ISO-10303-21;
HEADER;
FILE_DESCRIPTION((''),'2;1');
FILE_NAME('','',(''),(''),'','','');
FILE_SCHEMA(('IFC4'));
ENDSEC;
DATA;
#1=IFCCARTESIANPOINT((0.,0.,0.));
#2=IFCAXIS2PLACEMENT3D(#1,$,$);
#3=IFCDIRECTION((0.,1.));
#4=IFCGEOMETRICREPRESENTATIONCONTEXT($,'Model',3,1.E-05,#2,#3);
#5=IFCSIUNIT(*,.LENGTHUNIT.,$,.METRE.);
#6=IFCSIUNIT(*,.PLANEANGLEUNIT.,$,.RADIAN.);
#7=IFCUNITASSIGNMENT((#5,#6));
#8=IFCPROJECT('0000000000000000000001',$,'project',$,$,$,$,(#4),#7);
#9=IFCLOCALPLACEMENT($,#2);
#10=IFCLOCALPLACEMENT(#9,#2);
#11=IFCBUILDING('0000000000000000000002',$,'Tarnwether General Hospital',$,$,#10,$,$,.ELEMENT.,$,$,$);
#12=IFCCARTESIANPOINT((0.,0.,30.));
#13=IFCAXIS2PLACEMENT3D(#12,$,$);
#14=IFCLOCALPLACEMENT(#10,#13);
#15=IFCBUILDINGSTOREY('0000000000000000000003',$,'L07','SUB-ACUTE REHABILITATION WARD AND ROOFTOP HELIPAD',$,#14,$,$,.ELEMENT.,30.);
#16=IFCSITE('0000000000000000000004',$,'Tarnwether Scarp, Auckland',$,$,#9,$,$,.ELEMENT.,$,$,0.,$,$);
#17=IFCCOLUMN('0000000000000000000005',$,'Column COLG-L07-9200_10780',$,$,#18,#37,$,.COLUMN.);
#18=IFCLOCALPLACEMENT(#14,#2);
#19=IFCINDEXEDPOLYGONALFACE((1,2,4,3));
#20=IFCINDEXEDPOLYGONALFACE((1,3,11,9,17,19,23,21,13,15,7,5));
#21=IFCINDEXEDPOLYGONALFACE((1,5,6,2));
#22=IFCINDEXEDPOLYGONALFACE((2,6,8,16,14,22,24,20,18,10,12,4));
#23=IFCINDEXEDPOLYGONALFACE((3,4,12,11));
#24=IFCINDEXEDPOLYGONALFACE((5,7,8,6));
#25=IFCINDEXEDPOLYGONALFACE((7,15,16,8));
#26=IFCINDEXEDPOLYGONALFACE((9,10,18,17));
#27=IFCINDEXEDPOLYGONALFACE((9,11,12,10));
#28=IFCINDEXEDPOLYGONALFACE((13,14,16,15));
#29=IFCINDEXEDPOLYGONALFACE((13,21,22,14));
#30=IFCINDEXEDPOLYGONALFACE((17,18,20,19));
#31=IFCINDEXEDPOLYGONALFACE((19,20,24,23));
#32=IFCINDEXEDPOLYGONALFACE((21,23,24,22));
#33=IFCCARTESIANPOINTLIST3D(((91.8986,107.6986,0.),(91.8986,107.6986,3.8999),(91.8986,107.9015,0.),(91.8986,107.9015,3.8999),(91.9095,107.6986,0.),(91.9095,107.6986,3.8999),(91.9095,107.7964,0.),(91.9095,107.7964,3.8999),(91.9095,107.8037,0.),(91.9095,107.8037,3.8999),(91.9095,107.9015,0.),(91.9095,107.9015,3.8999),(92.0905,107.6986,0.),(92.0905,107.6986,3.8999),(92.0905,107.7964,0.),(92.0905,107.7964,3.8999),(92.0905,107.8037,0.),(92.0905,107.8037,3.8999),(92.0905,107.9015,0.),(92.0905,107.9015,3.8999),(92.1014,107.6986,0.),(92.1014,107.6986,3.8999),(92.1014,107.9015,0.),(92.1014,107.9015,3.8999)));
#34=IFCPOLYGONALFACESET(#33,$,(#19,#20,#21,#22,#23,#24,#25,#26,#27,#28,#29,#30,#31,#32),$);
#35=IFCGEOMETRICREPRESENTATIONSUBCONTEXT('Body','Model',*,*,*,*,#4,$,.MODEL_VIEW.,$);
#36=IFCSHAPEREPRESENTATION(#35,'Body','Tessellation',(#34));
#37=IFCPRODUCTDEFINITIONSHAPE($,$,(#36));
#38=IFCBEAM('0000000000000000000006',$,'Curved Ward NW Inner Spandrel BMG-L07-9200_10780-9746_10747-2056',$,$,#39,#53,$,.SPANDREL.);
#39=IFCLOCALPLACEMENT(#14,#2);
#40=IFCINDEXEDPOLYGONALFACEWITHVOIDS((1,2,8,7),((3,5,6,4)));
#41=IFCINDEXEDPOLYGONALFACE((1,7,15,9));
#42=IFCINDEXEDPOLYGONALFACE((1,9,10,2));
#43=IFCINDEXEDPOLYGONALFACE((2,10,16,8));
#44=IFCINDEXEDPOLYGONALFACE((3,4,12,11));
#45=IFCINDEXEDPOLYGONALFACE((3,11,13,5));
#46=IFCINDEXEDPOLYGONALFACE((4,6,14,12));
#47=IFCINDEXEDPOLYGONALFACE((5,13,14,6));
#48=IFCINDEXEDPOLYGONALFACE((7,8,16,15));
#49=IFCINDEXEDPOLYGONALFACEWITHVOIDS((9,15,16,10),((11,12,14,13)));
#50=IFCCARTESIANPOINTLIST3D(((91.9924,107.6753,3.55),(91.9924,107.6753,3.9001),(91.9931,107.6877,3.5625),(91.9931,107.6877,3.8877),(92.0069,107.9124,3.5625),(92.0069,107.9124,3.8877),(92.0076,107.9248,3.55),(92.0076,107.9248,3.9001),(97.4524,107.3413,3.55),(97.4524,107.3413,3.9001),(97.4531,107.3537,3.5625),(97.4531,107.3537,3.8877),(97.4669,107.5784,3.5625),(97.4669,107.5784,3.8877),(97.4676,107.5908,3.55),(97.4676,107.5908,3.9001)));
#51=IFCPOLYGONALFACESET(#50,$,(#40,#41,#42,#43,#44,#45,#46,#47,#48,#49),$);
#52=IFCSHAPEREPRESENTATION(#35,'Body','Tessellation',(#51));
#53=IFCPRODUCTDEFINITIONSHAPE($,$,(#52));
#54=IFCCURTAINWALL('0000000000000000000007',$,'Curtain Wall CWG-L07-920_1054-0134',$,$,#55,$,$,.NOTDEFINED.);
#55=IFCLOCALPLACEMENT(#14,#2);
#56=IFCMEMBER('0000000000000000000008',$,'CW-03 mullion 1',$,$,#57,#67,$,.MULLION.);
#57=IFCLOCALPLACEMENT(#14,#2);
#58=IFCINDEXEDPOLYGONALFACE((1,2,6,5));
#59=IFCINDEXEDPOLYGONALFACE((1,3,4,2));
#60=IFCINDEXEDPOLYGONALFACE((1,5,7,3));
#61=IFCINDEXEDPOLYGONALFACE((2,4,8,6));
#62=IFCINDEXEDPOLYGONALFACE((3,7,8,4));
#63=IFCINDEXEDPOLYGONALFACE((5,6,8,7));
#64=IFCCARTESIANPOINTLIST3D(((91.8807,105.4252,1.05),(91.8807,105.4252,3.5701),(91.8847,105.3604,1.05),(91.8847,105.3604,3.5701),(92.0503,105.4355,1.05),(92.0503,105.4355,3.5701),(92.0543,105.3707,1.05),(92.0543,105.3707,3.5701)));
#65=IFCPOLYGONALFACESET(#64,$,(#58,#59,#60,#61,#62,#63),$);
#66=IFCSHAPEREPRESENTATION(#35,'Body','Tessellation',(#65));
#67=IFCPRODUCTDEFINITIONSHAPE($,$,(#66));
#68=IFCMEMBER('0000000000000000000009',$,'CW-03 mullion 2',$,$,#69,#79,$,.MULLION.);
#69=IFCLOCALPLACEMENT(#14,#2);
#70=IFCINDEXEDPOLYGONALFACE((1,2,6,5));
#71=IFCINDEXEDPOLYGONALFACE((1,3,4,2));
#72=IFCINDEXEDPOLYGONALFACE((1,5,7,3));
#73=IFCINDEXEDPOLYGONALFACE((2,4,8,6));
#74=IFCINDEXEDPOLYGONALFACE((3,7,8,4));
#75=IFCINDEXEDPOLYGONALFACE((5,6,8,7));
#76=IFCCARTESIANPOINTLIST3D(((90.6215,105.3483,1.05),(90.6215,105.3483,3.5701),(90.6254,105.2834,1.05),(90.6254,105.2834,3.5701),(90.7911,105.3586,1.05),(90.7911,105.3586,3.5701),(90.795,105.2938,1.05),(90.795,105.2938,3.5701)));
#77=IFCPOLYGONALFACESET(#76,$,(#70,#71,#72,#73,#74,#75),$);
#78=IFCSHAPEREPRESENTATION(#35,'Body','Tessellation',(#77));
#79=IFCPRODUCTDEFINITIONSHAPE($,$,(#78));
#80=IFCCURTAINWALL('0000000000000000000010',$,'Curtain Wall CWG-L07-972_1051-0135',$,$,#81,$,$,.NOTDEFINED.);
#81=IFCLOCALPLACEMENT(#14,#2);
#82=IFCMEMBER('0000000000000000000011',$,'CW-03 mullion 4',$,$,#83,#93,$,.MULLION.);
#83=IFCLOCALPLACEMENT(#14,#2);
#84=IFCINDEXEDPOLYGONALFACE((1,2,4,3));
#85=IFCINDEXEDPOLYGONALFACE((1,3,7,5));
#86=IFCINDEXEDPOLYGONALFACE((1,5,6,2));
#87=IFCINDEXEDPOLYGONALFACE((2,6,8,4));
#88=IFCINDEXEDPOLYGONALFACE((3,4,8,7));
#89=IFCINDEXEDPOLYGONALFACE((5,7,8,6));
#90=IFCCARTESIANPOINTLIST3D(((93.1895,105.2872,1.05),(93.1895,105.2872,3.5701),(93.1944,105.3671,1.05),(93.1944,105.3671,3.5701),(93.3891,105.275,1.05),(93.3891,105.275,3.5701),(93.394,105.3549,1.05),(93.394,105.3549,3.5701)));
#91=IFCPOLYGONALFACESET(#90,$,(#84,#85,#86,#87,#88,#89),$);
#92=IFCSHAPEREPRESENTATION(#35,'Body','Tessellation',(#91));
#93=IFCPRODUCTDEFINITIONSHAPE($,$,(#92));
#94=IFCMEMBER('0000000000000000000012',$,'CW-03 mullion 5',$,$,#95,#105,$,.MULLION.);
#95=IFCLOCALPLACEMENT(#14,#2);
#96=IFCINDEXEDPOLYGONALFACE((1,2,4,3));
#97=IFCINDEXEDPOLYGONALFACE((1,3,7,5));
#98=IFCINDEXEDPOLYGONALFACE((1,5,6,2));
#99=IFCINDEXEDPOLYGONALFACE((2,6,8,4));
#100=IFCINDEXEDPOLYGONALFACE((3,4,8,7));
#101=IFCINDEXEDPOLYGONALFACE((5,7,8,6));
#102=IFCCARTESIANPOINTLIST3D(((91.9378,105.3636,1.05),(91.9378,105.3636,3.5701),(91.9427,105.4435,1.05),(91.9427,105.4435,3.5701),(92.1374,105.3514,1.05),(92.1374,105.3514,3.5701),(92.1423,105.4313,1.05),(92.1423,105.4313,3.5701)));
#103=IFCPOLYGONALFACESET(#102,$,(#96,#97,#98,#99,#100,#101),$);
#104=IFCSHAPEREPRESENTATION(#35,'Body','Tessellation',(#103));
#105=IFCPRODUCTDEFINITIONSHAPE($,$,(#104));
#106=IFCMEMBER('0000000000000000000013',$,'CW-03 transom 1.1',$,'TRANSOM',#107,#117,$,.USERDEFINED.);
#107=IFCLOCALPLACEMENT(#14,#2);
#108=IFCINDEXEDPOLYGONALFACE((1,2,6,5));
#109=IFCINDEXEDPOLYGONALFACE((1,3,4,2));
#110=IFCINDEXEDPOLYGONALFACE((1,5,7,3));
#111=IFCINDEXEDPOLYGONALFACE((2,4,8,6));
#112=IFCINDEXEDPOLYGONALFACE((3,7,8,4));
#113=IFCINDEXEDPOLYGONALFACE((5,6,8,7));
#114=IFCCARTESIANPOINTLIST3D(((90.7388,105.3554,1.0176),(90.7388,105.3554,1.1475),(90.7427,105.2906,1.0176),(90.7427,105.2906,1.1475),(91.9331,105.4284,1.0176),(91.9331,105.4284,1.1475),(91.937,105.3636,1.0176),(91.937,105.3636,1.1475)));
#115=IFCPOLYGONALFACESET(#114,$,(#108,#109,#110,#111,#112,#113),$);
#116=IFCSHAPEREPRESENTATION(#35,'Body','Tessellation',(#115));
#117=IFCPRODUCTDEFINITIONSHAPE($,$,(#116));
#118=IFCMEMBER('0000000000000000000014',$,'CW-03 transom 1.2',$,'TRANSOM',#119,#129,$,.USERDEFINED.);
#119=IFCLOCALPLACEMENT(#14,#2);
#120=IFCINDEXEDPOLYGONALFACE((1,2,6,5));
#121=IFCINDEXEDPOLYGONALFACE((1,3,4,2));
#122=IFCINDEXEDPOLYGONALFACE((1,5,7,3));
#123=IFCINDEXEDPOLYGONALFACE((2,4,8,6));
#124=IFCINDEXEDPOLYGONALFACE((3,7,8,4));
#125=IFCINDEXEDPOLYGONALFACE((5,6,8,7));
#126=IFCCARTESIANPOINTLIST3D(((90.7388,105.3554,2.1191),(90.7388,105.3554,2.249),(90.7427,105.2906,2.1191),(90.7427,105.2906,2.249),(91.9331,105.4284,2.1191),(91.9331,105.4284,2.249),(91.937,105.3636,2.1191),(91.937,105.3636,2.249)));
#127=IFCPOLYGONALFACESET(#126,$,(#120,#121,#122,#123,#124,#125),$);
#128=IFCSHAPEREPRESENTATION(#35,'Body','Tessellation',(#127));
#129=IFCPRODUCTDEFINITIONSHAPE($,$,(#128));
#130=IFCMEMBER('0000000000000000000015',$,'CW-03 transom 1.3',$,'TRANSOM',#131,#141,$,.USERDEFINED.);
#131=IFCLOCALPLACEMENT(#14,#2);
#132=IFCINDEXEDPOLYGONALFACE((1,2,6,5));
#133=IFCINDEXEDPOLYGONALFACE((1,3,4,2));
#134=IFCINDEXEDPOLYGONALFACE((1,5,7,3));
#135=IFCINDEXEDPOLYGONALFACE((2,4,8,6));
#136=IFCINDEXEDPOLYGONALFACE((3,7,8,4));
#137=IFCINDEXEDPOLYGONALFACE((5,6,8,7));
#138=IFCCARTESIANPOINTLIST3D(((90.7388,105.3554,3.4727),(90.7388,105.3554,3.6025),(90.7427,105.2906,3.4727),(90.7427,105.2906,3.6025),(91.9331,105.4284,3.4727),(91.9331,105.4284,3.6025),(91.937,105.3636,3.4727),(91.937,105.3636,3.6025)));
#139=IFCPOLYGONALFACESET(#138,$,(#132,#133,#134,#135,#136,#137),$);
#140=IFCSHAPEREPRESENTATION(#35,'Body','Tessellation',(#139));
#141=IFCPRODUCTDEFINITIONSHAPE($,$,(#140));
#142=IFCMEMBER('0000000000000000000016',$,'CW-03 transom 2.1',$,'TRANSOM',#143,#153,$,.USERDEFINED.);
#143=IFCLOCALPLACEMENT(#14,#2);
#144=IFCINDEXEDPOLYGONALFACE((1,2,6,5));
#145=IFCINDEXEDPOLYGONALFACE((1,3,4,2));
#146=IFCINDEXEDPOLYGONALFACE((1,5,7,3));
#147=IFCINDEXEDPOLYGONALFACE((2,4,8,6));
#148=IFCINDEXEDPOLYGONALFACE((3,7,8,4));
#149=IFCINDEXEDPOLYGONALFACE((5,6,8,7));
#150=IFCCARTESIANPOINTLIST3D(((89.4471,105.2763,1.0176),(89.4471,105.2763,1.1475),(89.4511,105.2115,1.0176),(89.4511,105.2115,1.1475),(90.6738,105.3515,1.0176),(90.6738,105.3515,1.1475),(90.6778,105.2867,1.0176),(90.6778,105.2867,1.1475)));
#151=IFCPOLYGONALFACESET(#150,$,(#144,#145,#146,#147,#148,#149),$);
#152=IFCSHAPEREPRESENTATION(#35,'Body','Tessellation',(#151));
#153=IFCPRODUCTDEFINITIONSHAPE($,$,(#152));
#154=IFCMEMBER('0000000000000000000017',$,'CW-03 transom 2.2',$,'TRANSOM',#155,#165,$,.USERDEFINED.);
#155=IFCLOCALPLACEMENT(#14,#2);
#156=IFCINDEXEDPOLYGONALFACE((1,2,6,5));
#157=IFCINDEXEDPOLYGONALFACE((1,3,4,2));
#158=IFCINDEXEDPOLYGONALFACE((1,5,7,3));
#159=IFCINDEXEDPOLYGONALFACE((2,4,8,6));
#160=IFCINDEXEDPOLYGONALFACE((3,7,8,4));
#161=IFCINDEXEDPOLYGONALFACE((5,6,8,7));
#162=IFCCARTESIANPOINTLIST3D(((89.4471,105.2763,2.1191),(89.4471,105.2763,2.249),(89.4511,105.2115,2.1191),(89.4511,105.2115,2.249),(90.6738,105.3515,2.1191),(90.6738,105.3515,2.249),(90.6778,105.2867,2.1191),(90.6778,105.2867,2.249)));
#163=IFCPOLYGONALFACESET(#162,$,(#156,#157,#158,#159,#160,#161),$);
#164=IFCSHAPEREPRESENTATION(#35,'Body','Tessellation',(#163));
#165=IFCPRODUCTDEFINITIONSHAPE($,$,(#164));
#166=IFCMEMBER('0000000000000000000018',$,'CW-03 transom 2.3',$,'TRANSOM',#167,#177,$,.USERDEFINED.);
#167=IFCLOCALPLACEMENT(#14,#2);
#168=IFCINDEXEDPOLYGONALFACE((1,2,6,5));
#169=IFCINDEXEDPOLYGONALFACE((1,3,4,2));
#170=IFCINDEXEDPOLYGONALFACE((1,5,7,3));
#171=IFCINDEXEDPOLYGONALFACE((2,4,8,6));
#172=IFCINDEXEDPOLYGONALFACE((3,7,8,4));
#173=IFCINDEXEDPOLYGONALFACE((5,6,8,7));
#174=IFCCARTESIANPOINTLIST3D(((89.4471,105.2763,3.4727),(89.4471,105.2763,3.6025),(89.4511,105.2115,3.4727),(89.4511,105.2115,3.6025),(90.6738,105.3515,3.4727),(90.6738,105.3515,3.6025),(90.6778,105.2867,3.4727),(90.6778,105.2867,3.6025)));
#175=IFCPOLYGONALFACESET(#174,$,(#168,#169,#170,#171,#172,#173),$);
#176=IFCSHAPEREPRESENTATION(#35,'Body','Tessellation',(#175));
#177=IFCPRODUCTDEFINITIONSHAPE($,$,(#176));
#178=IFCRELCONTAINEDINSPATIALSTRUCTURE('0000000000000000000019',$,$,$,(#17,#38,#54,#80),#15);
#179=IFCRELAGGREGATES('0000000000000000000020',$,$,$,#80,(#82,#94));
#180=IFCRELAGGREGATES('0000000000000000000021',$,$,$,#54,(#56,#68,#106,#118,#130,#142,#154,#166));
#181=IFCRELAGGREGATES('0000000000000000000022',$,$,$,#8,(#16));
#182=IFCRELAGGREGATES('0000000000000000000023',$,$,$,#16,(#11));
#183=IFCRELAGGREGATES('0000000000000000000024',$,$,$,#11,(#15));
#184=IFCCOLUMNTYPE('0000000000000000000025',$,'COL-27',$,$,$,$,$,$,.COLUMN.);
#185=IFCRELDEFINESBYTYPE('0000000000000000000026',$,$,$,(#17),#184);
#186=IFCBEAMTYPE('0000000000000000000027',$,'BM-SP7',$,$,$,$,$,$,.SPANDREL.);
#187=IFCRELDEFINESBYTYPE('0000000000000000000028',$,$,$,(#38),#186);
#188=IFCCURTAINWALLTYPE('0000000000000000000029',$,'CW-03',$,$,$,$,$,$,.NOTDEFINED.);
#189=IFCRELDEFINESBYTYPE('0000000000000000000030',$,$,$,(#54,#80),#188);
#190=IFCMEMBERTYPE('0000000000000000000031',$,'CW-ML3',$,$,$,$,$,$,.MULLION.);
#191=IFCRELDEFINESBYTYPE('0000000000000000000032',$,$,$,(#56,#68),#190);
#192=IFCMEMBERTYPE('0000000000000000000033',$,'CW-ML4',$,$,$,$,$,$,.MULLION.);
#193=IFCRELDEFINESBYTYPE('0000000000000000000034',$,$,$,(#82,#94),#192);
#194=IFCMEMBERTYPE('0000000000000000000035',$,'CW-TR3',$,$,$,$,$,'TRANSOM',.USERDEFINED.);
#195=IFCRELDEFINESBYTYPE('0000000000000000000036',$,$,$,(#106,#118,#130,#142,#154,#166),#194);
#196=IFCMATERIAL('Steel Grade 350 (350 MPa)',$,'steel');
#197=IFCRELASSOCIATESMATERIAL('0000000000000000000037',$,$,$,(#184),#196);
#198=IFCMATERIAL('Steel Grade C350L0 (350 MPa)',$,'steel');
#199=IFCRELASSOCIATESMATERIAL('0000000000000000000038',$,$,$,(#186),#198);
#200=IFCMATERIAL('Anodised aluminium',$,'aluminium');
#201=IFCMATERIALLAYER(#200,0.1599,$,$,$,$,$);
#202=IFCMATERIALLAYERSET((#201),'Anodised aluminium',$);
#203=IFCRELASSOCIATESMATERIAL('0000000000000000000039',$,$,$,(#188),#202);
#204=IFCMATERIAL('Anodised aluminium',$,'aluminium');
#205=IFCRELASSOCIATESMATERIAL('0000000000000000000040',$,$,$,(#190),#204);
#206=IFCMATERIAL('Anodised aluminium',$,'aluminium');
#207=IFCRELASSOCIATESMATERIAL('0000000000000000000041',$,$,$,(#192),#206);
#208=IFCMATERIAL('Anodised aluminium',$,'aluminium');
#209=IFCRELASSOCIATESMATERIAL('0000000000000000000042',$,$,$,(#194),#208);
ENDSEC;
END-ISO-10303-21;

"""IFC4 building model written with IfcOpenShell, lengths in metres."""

from ifc_helpers import new_model, si_unit, direction, frame, origin, origin_2d, place, context, subcontext, project, spatial, rectangle, hollow_rectangle, i_section, extrude, material, layer, layer_set, material_profile, profile_set, type_object, element, aggregate, save


model = new_model("IFC4")

# Units and contexts
model_context = context("Model", 3, precision=1e-05, world=origin(), true_north=direction((0.0, 1.0)))
body_context = subcontext(model_context, "Body", "Model", "MODEL_VIEW")
ifc_project = project(units=[si_unit("LENGTHUNIT", "METRE"), si_unit("PLANEANGLEUNIT", "RADIAN")], contexts=[model_context])

# Site, building, storey
site_placement = place(None, origin())
site = spatial("IfcSite", under=ifc_project, at=site_placement, Name="Tarnwether Scarp, Auckland", CompositionType="ELEMENT", RefElevation=0.0)
building_placement = place(site_placement, origin())
building = spatial("IfcBuilding", under=site, at=building_placement, Name="Tarnwether General Hospital", CompositionType="ELEMENT")
storey_placement = place(building_placement, frame((0.0, 0.0, 30.0)))
storey = spatial("IfcBuildingStorey", under=building, at=storey_placement, Name="L07", Description="SUB-ACUTE REHABILITATION WARD AND ROOFTOP HELIPAD", CompositionType="ELEMENT", Elevation=30.0)

# Column
ifc_material_1 = material(Name="Steel Grade 350 (350 MPa)", Category="steel")
ifc_material_profile_1 = material_profile(ifc_material_1, i_section(OverallWidth=0.2029, OverallDepth=0.2029, WebThickness=0.0073, FlangeThickness=0.011, at=origin_2d()), Name="200UC46.2")
ifc_profile_set_1 = profile_set([ifc_material_profile_1], Name="Steel Grade 350 (350 MPa)")
column_type = type_object("IfcColumnType", Name="COL-27", PredefinedType="COLUMN", material=ifc_profile_set_1)
column_placement = place(storey_placement, frame((92.0, 107.8, 0.0), z_axis=(0.0, 0.0, 1.0), x_axis=(0.0, 1.0, 0.0)))
element("IfcColumn", 1, at=column_placement, inside=storey, type_object=column_type, Name="Column COLG-L07-9200_10780", PredefinedType="COLUMN", context=body_context, shape_type="SweptSolid", body=[
    extrude(i_section(OverallWidth=0.2029, OverallDepth=0.2029, WebThickness=0.0073, FlangeThickness=0.011, at=origin_2d()), origin(), (0.0, 0.0, 1.0), 3.8999),
])

# Beam
ifc_material_2 = material(Name="Steel Grade C350L0 (350 MPa)", Category="steel")
ifc_material_profile_2 = material_profile(ifc_material_2, hollow_rectangle(XDim=0.25, YDim=0.3501, WallThickness=0.0125, at=origin_2d()), Name="RHS350x250x12.5")
ifc_profile_set_2 = profile_set([ifc_material_profile_2], Name="Steel Grade C350L0 (350 MPa)")
beam_type = type_object("IfcBeamType", Name="BM-SP7", PredefinedType="SPANDREL", material=ifc_profile_set_2)
beam_placement = place(storey_placement, frame((92.0, 107.8, 3.7251), z_axis=(0.998134, -0.061056, 0.0), x_axis=(0.061056, 0.998134, 0.0)))
element("IfcBeam", 2, at=beam_placement, inside=storey, type_object=beam_type, Name="Curved Ward NW Inner Spandrel BMG-L07-9200_10780-9746_10747-2056", PredefinedType="SPANDREL", context=body_context, shape_type="SweptSolid", body=[
    extrude(hollow_rectangle(XDim=0.25, YDim=0.3501, WallThickness=0.0125, at=origin_2d()), origin(), (0.0, 0.0, 1.0), 5.4702),
])

# Curtain walls, members
ifc_material_3 = material(Name="Anodised aluminium", Category="aluminium")
ifc_layer_1 = layer(ifc_material_3, 0.1599)
ifc_layer_set_1 = layer_set([ifc_layer_1], Name="Anodised aluminium")
curtain_wall_type = type_object("IfcCurtainWallType", Name="CW-03", PredefinedType="NOTDEFINED", material=ifc_layer_set_1)
curtain_wall_1_placement = place(storey_placement, origin())
curtain_wall_1 = element("IfcCurtainWall", 3, at=curtain_wall_1_placement, inside=storey, type_object=curtain_wall_type, Name="Curtain Wall CWG-L07-920_1054-0134", PredefinedType="NOTDEFINED")
ifc_material_4 = material(Name="Anodised aluminium", Category="aluminium")
ifc_material_profile_3 = material_profile(ifc_material_4, rectangle(XDim=0.0649, YDim=0.1699, at=origin_2d()), Name="ALU-MUL-65x170")
ifc_profile_set_3 = profile_set([ifc_material_profile_3], Name="Anodised aluminium")
member_type_1 = type_object("IfcMemberType", Name="CW-ML3", PredefinedType="MULLION", material=ifc_profile_set_3)
member_1_placement = place(storey_placement, frame((91.9675, 105.3979, 1.05), z_axis=(0.0, 0.0, 1.0), x_axis=(0.061043, -0.998135, 0.0)))
member_1 = element("IfcMember", 4, at=member_1_placement, type_object=member_type_1, Name="CW-03 mullion 1", PredefinedType="MULLION", context=body_context, shape_type="SweptSolid", body=[
    extrude(rectangle(XDim=0.0649, YDim=0.1699, at=origin_2d()), origin(), (0.0, 0.0, 1.0), 2.52),
])
member_2_placement = place(storey_placement, frame((90.7083, 105.321, 1.05), z_axis=(0.0, 0.0, 1.0), x_axis=(0.061043, -0.998135, 0.0)))
member_2 = element("IfcMember", 5, at=member_2_placement, type_object=member_type_1, Name="CW-03 mullion 2", PredefinedType="MULLION", context=body_context, shape_type="SweptSolid", body=[
    extrude(rectangle(XDim=0.0649, YDim=0.1699, at=origin_2d()), origin(), (0.0, 0.0, 1.0), 2.52),
])
curtain_wall_2_placement = place(storey_placement, origin())
curtain_wall_2 = element("IfcCurtainWall", 6, at=curtain_wall_2_placement, inside=storey, type_object=curtain_wall_type, Name="Curtain Wall CWG-L07-972_1051-0135", PredefinedType="NOTDEFINED")
ifc_material_5 = material(Name="Anodised aluminium", Category="aluminium")
ifc_material_profile_4 = material_profile(ifc_material_5, rectangle(XDim=0.0801, YDim=0.2, at=origin_2d()), Name="ALU-MUL-80x200")
ifc_profile_set_4 = profile_set([ifc_material_profile_4], Name="Anodised aluminium")
member_type_2 = type_object("IfcMemberType", Name="CW-ML4", PredefinedType="MULLION", material=ifc_profile_set_4)
member_3_placement = place(storey_placement, frame((93.2917, 105.321, 1.05), z_axis=(0.0, 0.0, 1.0), x_axis=(-0.061043, -0.998135, 0.0)))
member_3 = element("IfcMember", 7, at=member_3_placement, type_object=member_type_2, Name="CW-03 mullion 4", PredefinedType="MULLION", context=body_context, shape_type="SweptSolid", body=[
    extrude(rectangle(XDim=0.0801, YDim=0.2, at=origin_2d()), origin(), (0.0, 0.0, 1.0), 2.52),
])
member_4_placement = place(storey_placement, frame((92.04, 105.3975, 1.05), z_axis=(0.0, 0.0, 1.0), x_axis=(-0.061043, -0.998135, 0.0)))
member_4 = element("IfcMember", 8, at=member_4_placement, type_object=member_type_2, Name="CW-03 mullion 5", PredefinedType="MULLION", context=body_context, shape_type="SweptSolid", body=[
    extrude(rectangle(XDim=0.0801, YDim=0.2, at=origin_2d()), origin(), (0.0, 0.0, 1.0), 2.52),
])

# Members
ifc_material_6 = material(Name="Anodised aluminium", Category="aluminium")
ifc_material_profile_5 = material_profile(ifc_material_6, rectangle(XDim=0.0649, YDim=0.1299, at=origin_2d()), Name="ALU-TRN-65x130")
ifc_profile_set_5 = profile_set([ifc_material_profile_5], Name="Anodised aluminium")
member_type_3 = type_object("IfcMemberType", Name="CW-TR3", ElementType="TRANSOM", PredefinedType="USERDEFINED", material=ifc_profile_set_5)
member_5_placement = place(storey_placement, frame((91.9351, 105.396, 1.0825), z_axis=(-0.998137, -0.061006, 0.0), x_axis=(0.061006, -0.998137, 0.0)))
member_5 = element("IfcMember", 9, at=member_5_placement, type_object=member_type_3, Name="CW-03 transom 1.1", ObjectType="TRANSOM", PredefinedType="USERDEFINED", context=body_context, shape_type="SweptSolid", body=[
    extrude(rectangle(XDim=0.0649, YDim=0.1299, at=origin_2d()), origin(), (0.0, 0.0, 1.0), 1.1965),
])
member_6_placement = place(storey_placement, frame((91.9351, 105.396, 2.1841), z_axis=(-0.998137, -0.061006, 0.0), x_axis=(0.061006, -0.998137, 0.0)))
member_6 = element("IfcMember", 10, at=member_6_placement, type_object=member_type_3, Name="CW-03 transom 1.2", ObjectType="TRANSOM", PredefinedType="USERDEFINED", context=body_context, shape_type="SweptSolid", body=[
    extrude(rectangle(XDim=0.0649, YDim=0.1299, at=origin_2d()), origin(), (0.0, 0.0, 1.0), 1.1965),
])
member_7_placement = place(storey_placement, frame((91.9351, 105.396, 3.5376), z_axis=(-0.998137, -0.061006, 0.0), x_axis=(0.061006, -0.998137, 0.0)))
member_7 = element("IfcMember", 11, at=member_7_placement, type_object=member_type_3, Name="CW-03 transom 1.3", ObjectType="TRANSOM", PredefinedType="USERDEFINED", context=body_context, shape_type="SweptSolid", body=[
    extrude(rectangle(XDim=0.0649, YDim=0.1299, at=origin_2d()), origin(), (0.0, 0.0, 1.0), 1.1965),
])
member_8_placement = place(storey_placement, frame((90.6758, 105.3191, 1.0825), z_axis=(-0.998127, -0.061179, 0.0), x_axis=(0.061179, -0.998127, 0.0)))
member_8 = element("IfcMember", 12, at=member_8_placement, type_object=member_type_3, Name="CW-03 transom 2.1", ObjectType="TRANSOM", PredefinedType="USERDEFINED", context=body_context, shape_type="SweptSolid", body=[
    extrude(rectangle(XDim=0.0649, YDim=0.1299, at=origin_2d()), origin(), (0.0, 0.0, 1.0), 1.229),
])
member_9_placement = place(storey_placement, frame((90.6758, 105.3191, 2.1841), z_axis=(-0.998127, -0.061179, 0.0), x_axis=(0.061179, -0.998127, 0.0)))
member_9 = element("IfcMember", 13, at=member_9_placement, type_object=member_type_3, Name="CW-03 transom 2.2", ObjectType="TRANSOM", PredefinedType="USERDEFINED", context=body_context, shape_type="SweptSolid", body=[
    extrude(rectangle(XDim=0.0649, YDim=0.1299, at=origin_2d()), origin(), (0.0, 0.0, 1.0), 1.229),
])
member_10_placement = place(storey_placement, frame((90.6758, 105.3191, 3.5376), z_axis=(-0.998127, -0.061179, 0.0), x_axis=(0.061179, -0.998127, 0.0)))
member_10 = element("IfcMember", 14, at=member_10_placement, type_object=member_type_3, Name="CW-03 transom 2.3", ObjectType="TRANSOM", PredefinedType="USERDEFINED", context=body_context, shape_type="SweptSolid", body=[
    extrude(rectangle(XDim=0.0649, YDim=0.1299, at=origin_2d()), origin(), (0.0, 0.0, 1.0), 1.229),
])

aggregate(curtain_wall_2, [member_3, member_4])
aggregate(curtain_wall_1, [member_1, member_2, member_5, member_6, member_7, member_8, member_9, member_10])

save(model, "model.ifc")
